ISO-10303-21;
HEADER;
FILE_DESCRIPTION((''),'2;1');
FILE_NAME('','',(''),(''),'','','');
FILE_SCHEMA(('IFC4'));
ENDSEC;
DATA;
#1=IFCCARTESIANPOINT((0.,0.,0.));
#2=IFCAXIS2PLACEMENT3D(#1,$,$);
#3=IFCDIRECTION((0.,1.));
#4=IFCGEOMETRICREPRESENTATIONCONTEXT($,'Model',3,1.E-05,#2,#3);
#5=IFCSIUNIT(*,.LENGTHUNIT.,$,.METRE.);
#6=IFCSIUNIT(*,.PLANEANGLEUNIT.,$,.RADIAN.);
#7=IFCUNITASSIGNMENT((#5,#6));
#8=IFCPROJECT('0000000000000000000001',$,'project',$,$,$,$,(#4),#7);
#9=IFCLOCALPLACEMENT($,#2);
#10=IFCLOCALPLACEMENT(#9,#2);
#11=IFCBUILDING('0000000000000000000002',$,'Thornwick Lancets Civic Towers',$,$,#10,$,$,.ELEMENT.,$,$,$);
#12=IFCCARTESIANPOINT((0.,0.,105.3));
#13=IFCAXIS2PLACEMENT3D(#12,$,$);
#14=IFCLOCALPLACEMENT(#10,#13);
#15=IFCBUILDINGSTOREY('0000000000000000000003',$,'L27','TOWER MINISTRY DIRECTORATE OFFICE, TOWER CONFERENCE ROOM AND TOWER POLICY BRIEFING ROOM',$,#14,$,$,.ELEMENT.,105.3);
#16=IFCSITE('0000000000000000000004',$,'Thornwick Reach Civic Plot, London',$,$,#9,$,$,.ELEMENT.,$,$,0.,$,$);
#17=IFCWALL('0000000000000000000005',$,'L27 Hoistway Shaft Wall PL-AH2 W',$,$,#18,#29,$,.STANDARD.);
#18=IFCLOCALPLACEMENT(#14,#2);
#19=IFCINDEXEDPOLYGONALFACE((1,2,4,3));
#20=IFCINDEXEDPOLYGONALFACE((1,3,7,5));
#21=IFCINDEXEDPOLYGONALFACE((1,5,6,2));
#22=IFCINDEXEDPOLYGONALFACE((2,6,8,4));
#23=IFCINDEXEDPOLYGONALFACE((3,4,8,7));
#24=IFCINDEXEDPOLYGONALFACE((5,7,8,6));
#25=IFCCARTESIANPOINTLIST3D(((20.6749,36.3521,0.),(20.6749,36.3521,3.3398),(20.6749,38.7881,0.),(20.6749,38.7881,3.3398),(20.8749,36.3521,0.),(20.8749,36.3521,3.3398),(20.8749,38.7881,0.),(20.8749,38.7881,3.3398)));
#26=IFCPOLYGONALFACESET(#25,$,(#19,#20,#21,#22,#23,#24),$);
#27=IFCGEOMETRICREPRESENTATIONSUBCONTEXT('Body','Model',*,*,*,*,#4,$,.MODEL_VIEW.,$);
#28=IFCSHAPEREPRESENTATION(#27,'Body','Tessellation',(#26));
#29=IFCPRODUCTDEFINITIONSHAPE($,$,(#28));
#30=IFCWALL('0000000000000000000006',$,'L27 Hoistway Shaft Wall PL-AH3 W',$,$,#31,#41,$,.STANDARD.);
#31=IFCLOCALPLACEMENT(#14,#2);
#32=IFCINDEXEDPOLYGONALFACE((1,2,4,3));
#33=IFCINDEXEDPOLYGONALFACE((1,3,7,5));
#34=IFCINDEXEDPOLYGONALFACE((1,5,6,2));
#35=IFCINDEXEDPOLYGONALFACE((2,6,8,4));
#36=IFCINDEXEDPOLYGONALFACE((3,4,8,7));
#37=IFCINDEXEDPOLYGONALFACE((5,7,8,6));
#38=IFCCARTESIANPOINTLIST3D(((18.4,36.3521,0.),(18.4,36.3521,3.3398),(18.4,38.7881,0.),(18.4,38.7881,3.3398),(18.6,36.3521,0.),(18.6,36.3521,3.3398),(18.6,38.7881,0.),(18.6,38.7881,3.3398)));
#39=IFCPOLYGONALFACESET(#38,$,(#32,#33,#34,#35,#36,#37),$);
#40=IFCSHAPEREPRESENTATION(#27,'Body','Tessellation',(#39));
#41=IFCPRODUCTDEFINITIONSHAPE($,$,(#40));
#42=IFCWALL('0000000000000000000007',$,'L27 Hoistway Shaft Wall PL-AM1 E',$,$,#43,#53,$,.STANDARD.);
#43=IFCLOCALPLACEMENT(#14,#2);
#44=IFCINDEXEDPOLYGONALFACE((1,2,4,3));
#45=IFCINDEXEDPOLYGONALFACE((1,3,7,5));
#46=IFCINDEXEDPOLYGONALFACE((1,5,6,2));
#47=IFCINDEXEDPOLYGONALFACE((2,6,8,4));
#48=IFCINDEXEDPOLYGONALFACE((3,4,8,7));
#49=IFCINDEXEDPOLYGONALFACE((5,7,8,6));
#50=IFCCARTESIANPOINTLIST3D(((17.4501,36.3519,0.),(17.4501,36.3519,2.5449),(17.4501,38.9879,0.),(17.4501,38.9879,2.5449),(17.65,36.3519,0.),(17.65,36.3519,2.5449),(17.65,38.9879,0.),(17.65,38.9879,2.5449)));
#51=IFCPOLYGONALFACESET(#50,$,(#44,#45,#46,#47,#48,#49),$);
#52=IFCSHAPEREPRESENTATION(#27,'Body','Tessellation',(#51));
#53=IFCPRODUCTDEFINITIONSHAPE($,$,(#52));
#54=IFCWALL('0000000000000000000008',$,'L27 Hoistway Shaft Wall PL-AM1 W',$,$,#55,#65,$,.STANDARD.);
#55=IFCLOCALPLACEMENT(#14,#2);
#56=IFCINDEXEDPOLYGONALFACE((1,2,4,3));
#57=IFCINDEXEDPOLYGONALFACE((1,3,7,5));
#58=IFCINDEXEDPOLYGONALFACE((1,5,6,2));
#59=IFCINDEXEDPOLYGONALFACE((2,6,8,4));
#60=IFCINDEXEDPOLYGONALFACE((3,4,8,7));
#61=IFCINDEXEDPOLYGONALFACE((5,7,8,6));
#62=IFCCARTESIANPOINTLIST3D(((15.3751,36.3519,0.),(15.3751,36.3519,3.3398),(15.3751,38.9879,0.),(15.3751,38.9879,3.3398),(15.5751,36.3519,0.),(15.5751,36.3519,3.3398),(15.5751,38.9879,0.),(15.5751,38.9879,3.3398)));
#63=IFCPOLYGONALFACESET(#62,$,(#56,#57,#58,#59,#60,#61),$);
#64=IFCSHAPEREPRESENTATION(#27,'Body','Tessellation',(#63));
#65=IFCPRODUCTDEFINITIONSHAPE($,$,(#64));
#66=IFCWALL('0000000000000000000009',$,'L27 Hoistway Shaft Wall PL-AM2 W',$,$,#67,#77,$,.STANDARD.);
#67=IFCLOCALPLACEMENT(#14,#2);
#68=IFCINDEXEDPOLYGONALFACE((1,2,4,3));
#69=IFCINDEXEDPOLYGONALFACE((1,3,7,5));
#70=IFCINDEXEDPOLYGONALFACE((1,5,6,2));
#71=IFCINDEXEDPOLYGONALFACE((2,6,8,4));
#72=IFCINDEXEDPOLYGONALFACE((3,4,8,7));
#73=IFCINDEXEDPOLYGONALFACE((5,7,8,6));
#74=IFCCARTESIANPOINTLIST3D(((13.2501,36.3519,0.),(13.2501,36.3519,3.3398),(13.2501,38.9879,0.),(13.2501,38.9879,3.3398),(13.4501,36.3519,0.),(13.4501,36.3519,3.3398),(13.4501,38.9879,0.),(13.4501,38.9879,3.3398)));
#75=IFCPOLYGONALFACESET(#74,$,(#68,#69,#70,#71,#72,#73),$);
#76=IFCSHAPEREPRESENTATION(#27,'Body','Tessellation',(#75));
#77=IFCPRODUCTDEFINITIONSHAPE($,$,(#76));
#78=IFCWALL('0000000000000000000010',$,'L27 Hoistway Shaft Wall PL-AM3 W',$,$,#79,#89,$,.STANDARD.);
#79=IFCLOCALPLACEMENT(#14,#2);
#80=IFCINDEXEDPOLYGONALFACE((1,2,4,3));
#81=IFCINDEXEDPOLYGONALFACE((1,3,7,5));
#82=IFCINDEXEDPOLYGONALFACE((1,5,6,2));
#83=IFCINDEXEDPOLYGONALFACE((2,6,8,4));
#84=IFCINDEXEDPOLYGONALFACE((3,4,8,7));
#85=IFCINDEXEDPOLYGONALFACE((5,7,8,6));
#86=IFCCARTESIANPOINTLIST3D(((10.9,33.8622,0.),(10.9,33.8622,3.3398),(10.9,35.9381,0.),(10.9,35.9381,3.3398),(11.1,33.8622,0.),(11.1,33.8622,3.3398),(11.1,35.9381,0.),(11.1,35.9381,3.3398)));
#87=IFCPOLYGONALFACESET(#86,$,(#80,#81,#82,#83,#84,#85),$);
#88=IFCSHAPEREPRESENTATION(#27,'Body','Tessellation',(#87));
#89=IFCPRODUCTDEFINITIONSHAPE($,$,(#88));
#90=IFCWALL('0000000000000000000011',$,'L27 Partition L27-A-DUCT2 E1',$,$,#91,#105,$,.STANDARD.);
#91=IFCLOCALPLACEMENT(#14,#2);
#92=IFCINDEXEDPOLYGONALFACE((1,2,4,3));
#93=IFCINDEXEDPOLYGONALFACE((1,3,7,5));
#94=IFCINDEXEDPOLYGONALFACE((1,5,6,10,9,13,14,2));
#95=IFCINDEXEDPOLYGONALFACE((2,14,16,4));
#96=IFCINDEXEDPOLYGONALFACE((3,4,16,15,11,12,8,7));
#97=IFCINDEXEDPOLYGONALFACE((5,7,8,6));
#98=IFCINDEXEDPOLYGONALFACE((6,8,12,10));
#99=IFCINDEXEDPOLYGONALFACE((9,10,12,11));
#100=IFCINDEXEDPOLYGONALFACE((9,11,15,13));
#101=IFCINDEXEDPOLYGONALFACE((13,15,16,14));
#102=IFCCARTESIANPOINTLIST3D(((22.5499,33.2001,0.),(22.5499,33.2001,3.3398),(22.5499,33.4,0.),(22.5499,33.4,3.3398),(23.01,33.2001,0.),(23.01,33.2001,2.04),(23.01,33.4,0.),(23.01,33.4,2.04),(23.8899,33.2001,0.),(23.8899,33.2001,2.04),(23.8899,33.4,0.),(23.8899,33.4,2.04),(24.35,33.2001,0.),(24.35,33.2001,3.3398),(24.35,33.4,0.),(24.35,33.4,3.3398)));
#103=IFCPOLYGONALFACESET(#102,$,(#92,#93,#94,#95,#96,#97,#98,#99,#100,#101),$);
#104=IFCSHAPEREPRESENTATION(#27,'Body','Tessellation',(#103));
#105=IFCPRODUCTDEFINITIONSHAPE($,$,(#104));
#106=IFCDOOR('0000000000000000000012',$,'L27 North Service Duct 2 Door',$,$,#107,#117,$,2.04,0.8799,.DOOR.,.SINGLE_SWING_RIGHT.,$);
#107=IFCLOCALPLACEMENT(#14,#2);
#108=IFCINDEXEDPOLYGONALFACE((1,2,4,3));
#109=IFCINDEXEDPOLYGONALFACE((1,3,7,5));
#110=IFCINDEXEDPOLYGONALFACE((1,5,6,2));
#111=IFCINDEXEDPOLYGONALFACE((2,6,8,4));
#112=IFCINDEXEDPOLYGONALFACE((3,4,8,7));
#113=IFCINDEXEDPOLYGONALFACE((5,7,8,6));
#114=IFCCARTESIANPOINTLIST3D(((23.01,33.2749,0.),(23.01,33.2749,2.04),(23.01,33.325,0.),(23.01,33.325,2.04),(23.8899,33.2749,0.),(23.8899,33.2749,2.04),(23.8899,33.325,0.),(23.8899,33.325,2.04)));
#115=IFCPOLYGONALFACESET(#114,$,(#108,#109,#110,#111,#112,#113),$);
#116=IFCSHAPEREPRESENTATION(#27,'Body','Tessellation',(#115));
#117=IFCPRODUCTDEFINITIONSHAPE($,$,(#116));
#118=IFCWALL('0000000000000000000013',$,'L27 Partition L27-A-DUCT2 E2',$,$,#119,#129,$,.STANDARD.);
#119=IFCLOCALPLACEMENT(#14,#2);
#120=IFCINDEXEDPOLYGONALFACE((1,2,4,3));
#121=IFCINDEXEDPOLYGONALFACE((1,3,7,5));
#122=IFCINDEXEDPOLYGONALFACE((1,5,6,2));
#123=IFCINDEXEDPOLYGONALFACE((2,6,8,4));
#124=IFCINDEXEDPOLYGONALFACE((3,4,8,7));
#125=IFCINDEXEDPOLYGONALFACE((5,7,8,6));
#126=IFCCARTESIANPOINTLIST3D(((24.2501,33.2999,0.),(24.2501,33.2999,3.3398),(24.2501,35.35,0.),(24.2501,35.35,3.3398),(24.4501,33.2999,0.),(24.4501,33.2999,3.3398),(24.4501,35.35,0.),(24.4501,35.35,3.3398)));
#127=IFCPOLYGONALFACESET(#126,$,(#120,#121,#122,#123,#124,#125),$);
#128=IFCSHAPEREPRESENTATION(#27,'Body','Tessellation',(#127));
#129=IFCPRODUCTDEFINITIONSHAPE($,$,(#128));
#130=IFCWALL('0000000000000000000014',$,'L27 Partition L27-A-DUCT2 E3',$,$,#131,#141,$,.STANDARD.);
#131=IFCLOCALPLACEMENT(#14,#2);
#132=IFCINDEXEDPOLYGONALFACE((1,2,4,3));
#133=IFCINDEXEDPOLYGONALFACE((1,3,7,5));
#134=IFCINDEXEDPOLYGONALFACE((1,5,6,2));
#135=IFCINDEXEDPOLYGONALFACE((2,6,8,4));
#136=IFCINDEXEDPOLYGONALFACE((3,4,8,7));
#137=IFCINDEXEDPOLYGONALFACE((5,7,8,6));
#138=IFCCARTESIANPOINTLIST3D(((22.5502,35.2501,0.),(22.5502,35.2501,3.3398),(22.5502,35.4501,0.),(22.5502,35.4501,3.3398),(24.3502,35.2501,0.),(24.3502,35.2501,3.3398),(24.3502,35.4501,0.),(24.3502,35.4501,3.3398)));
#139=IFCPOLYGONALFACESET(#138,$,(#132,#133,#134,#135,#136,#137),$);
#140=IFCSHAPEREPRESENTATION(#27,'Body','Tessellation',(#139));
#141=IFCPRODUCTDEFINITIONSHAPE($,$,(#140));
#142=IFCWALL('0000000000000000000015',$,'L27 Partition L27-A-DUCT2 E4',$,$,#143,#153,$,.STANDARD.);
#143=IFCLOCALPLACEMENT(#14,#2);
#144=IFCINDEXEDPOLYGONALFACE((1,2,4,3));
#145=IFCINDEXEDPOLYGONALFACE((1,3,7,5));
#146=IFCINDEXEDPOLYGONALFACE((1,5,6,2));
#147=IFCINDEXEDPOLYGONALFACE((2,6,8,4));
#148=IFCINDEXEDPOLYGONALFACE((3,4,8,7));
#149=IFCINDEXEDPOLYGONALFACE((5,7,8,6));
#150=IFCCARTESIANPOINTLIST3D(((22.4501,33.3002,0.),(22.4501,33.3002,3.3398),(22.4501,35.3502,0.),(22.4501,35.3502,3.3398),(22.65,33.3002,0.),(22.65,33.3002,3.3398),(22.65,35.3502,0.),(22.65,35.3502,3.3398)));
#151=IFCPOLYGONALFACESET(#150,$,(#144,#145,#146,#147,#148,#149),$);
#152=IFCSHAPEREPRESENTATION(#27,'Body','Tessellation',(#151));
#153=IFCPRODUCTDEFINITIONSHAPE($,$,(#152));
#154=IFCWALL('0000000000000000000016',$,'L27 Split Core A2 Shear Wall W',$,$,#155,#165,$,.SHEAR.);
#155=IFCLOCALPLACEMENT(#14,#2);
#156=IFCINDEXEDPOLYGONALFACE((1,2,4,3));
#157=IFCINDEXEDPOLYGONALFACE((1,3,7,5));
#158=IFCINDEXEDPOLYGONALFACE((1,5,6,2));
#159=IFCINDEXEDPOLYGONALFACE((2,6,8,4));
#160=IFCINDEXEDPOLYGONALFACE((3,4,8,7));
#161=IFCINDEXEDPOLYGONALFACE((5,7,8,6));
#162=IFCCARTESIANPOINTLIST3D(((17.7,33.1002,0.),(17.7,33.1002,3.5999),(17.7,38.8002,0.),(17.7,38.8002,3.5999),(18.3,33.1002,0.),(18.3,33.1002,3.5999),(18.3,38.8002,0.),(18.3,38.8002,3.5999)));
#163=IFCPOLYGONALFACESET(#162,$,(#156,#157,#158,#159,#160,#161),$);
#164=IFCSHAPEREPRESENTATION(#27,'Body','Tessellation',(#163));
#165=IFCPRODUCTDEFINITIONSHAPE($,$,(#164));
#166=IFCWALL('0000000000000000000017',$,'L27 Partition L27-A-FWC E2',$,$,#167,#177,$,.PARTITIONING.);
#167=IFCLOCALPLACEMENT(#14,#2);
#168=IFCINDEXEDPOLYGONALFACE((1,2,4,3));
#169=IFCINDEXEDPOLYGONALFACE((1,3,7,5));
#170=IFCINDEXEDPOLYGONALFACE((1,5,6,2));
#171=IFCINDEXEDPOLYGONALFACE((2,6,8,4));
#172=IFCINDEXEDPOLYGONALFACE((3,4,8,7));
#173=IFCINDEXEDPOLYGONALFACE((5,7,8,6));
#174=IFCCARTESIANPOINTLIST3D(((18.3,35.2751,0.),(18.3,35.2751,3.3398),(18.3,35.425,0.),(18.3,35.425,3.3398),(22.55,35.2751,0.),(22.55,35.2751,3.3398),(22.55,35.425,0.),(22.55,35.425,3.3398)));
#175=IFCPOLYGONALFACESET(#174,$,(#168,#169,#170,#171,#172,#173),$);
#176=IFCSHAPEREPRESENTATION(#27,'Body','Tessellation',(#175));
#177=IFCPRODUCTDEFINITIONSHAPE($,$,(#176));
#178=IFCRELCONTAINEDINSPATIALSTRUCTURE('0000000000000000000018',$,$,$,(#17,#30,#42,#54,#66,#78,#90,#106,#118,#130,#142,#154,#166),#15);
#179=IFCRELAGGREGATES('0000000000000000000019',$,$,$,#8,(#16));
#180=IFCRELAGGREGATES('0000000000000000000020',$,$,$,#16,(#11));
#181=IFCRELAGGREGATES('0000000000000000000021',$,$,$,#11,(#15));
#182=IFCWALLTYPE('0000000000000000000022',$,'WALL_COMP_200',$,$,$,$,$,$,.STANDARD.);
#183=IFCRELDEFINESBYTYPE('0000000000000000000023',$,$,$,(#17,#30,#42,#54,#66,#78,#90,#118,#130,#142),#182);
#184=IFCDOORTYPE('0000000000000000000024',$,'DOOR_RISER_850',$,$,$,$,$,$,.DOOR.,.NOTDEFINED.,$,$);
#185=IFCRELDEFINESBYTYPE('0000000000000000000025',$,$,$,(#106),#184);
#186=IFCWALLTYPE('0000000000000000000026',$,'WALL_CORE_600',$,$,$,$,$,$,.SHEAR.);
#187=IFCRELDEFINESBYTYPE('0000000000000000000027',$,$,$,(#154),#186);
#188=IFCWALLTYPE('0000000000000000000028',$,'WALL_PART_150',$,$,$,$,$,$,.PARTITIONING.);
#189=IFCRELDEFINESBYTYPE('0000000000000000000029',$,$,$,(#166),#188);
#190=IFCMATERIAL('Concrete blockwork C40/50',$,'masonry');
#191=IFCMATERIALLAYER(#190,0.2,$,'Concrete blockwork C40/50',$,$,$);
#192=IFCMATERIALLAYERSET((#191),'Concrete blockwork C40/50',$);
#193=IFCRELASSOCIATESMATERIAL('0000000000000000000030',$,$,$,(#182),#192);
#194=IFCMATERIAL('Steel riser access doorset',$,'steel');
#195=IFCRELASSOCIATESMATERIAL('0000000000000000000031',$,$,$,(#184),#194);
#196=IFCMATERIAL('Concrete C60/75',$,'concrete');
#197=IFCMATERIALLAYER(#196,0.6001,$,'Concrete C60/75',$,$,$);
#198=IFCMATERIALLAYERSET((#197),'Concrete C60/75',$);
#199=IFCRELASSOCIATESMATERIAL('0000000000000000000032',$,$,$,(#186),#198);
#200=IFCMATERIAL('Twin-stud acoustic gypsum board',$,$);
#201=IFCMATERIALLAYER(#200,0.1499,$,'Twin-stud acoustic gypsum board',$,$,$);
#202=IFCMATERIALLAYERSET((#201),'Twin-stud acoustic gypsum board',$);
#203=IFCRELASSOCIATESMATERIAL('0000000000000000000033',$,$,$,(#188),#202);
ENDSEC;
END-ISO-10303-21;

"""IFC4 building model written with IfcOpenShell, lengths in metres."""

from ifc_helpers import new_model, si_unit, direction, frame, frame_2d, origin, place, context, subcontext, project, spatial, rectangle, extrude, material, layer, layer_set, type_object, element, fill, save


model = new_model("IFC4")

# Units and contexts
model_context = context("Model", 3, precision=1e-05, world=origin(), true_north=direction((0.0, 1.0)))
body_context = subcontext(model_context, "Body", "Model", "MODEL_VIEW")
ifc_project = project(units=[si_unit("LENGTHUNIT", "METRE"), si_unit("PLANEANGLEUNIT", "RADIAN")], contexts=[model_context])

# Site, building, storey
site_placement = place(None, origin())
site = spatial("IfcSite", under=ifc_project, at=site_placement, Name="Thornwick Reach Civic Plot, London", CompositionType="ELEMENT", RefElevation=0.0)
building_placement = place(site_placement, origin())
building = spatial("IfcBuilding", under=site, at=building_placement, Name="Thornwick Lancets Civic Towers", CompositionType="ELEMENT")
storey_placement = place(building_placement, frame((0.0, 0.0, 105.3)))
storey = spatial("IfcBuildingStorey", under=building, at=storey_placement, Name="L27", Description="TOWER MINISTRY DIRECTORATE OFFICE, TOWER CONFERENCE ROOM AND TOWER POLICY BRIEFING ROOM", CompositionType="ELEMENT", Elevation=105.3)

# Shared definitions
ifc_material_1 = material(Name="Concrete C60/75", Category="concrete")

# Shared definitions
ifc_material_2 = material(Name="Concrete blockwork C40/50", Category="masonry")
ifc_layer_1 = layer(ifc_material_2, 0.2, Name="Concrete blockwork C40/50")
ifc_layer_set_1 = layer_set([ifc_layer_1], Name="Concrete blockwork C40/50")
wall_type_1 = type_object("IfcWallType", Name="WALL_COMP_200", PredefinedType="STANDARD", material=ifc_layer_set_1)

# Walls
for number, where, z_axis, x_axis, name in (
    (1, (20.7749, 36.3521, 0.0), (0.0, 0.0, 1.0), (0.0, 1.0, 0.0), "L27 Hoistway Shaft Wall PL-AH2 W"),
    (2, (18.5, 36.3521, 0.0), (0.0, 0.0, 1.0), (0.0, 1.0, 0.0), "L27 Hoistway Shaft Wall PL-AH3 W"),
):
    element("IfcWall", number, at=place(storey_placement, frame(where, z_axis=z_axis, x_axis=x_axis)), inside=storey, type_object=wall_type_1, Name=name, PredefinedType="STANDARD", context=body_context, shape_type="SweptSolid", body=[
        extrude(rectangle(XDim=2.436, YDim=0.2, at=frame_2d((1.218, 0.0))), origin(), (0.0, 0.0, 1.0), 3.3398),
    ])
wall_1_placement = place(storey_placement, frame((17.55, 36.3521, 0.0), z_axis=(0.0, 0.0, 1.0), x_axis=(0.0, 1.0, 0.0)))
element("IfcWall", 3, at=wall_1_placement, inside=storey, type_object=wall_type_1, Name="L27 Hoistway Shaft Wall PL-AM1 E", PredefinedType="STANDARD", context=body_context, shape_type="SweptSolid", body=[
    extrude(rectangle(XDim=2.636, YDim=0.2, at=frame_2d((1.3179, 0.0))), origin(), (0.0, 0.0, 1.0), 2.5449),
])
for number, where, z_axis, x_axis, name in (
    (4, (15.4751, 36.3521, 0.0), (0.0, 0.0, 1.0), (0.0, 1.0, 0.0), "L27 Hoistway Shaft Wall PL-AM1 W"),
    (5, (13.3501, 36.3521, 0.0), (0.0, 0.0, 1.0), (0.0, 1.0, 0.0), "L27 Hoistway Shaft Wall PL-AM2 W"),
):
    element("IfcWall", number, at=place(storey_placement, frame(where, z_axis=z_axis, x_axis=x_axis)), inside=storey, type_object=wall_type_1, Name=name, PredefinedType="STANDARD", context=body_context, shape_type="SweptSolid", body=[
        extrude(rectangle(XDim=2.636, YDim=0.2, at=frame_2d((1.3179, 0.0))), origin(), (0.0, 0.0, 1.0), 3.3398),
    ])
wall_2_placement = place(storey_placement, frame((11.0, 33.8621, 0.0), z_axis=(0.0, 0.0, 1.0), x_axis=(0.0, 1.0, 0.0)))
element("IfcWall", 6, at=wall_2_placement, inside=storey, type_object=wall_type_1, Name="L27 Hoistway Shaft Wall PL-AM3 W", PredefinedType="STANDARD", context=body_context, shape_type="SweptSolid", body=[
    extrude(rectangle(XDim=2.0759, YDim=0.2, at=frame_2d((1.0381, 0.0))), origin(), (0.0, 0.0, 1.0), 3.3398),
])

# Wall, opening, door
wall_3_placement = place(storey_placement, frame((22.55, 33.3, 0.0), z_axis=(0.0, 0.0, 1.0), x_axis=(1.0, 0.0, 0.0)))
wall_3 = element("IfcWall", 7, at=wall_3_placement, inside=storey, type_object=wall_type_1, Name="L27 Partition L27-A-DUCT2 E1", PredefinedType="STANDARD", context=body_context, shape_type="SweptSolid", body=[
    extrude(rectangle(XDim=1.8, YDim=0.2, at=frame_2d((0.8999, 0.0))), origin(), (0.0, 0.0, 1.0), 3.3398),
])
opening_1_placement = place(wall_3_placement, frame((0.46, 0.0, 0.0)))
opening_1 = element("IfcOpeningElement", 8, at=opening_1_placement, cuts=wall_3, PredefinedType="OPENING", context=body_context, shape_type="SweptSolid", body=[
    extrude(rectangle(XDim=0.8799, YDim=2.04, at=frame_2d((0.4399, 1.02))), frame((0.0, 0.1099, 0.0), z_axis=(0.0, -1.0, 0.0), x_axis=(1.0, 0.0, 0.0)), (0.0, 0.0, 1.0), 0.22),
])
ifc_material_3 = material(Name="Steel riser access doorset", Category="steel")
door_type_1 = type_object("IfcDoorType", Name="DOOR_RISER_850", OperationType="NOTDEFINED", PredefinedType="DOOR", material=ifc_material_3)
door_1_placement = place(opening_1_placement, origin())
door_1 = element("IfcDoor", 9, at=door_1_placement, inside=storey, type_object=door_type_1, Name="L27 North Service Duct 2 Door", OperationType="SINGLE_SWING_RIGHT", OverallHeight=2.04, OverallWidth=0.8799, PredefinedType="DOOR", context=body_context, shape_type="SweptSolid", body=[
    extrude(rectangle(XDim=0.8799, YDim=2.04, at=frame_2d((0.4399, 1.02))), frame((0.0, 0.0249, 0.0), z_axis=(0.0, -1.0, 0.0), x_axis=(1.0, 0.0, 0.0)), (0.0, 0.0, 1.0), 0.05),
])
fill(opening_1, door_1)

# Walls
wall_4_placement = place(storey_placement, frame((24.3501, 33.3, 0.0), z_axis=(0.0, 0.0, 1.0), x_axis=(0.0, 1.0, 0.0)))
element("IfcWall", 10, at=wall_4_placement, inside=storey, type_object=wall_type_1, Name="L27 Partition L27-A-DUCT2 E2", PredefinedType="STANDARD", context=body_context, shape_type="SweptSolid", body=[
    extrude(rectangle(XDim=2.05, YDim=0.2, at=frame_2d((1.0249, 0.0))), origin(), (0.0, 0.0, 1.0), 3.3398),
])
wall_5_placement = place(storey_placement, frame((24.3501, 35.3501, 0.0), z_axis=(0.0, 0.0, 1.0), x_axis=(-1.0, 0.0, 0.0)))
element("IfcWall", 11, at=wall_5_placement, inside=storey, type_object=wall_type_1, Name="L27 Partition L27-A-DUCT2 E3", PredefinedType="STANDARD", context=body_context, shape_type="SweptSolid", body=[
    extrude(rectangle(XDim=1.8, YDim=0.2, at=frame_2d((0.8999, 0.0))), origin(), (0.0, 0.0, 1.0), 3.3398),
])
wall_6_placement = place(storey_placement, frame((22.55, 35.3501, 0.0), z_axis=(0.0, 0.0, 1.0), x_axis=(0.0, -1.0, 0.0)))
element("IfcWall", 12, at=wall_6_placement, inside=storey, type_object=wall_type_1, Name="L27 Partition L27-A-DUCT2 E4", PredefinedType="STANDARD", context=body_context, shape_type="SweptSolid", body=[
    extrude(rectangle(XDim=2.05, YDim=0.2, at=frame_2d((1.0249, 0.0))), origin(), (0.0, 0.0, 1.0), 3.3398),
])
ifc_layer_2 = layer(ifc_material_1, 0.6001, Name="Concrete C60/75")
ifc_layer_set_2 = layer_set([ifc_layer_2], Name="Concrete C60/75")
wall_type_2 = type_object("IfcWallType", Name="WALL_CORE_600", PredefinedType="SHEAR", material=ifc_layer_set_2)
wall_7_placement = place(storey_placement, frame((18.0, 33.1001, 0.0), z_axis=(0.0, 0.0, 1.0), x_axis=(0.0, 1.0, 0.0)))
element("IfcWall", 13, at=wall_7_placement, inside=storey, type_object=wall_type_2, Name="L27 Split Core A2 Shear Wall W", PredefinedType="SHEAR", context=body_context, shape_type="SweptSolid", body=[
    extrude(rectangle(XDim=5.7, YDim=0.6001, at=frame_2d((2.8501, 0.0))), origin(), (0.0, 0.0, 1.0), 3.5999),
])
ifc_material_4 = material(Name="Twin-stud acoustic gypsum board")
ifc_layer_3 = layer(ifc_material_4, 0.1499, Name="Twin-stud acoustic gypsum board")
ifc_layer_set_3 = layer_set([ifc_layer_3], Name="Twin-stud acoustic gypsum board")
wall_type_3 = type_object("IfcWallType", Name="WALL_PART_150", PredefinedType="PARTITIONING", material=ifc_layer_set_3)
wall_8_placement = place(storey_placement, frame((18.3, 35.3501, 0.0), z_axis=(0.0, 0.0, 1.0), x_axis=(1.0, 0.0, 0.0)))
element("IfcWall", 14, at=wall_8_placement, inside=storey, type_object=wall_type_3, Name="L27 Partition L27-A-FWC E2", PredefinedType="PARTITIONING", context=body_context, shape_type="SweptSolid", body=[
    extrude(rectangle(XDim=4.25, YDim=0.1499, at=frame_2d((2.125, 0.0))), origin(), (0.0, 0.0, 1.0), 3.3398),
])

save(model, "model.ifc")
